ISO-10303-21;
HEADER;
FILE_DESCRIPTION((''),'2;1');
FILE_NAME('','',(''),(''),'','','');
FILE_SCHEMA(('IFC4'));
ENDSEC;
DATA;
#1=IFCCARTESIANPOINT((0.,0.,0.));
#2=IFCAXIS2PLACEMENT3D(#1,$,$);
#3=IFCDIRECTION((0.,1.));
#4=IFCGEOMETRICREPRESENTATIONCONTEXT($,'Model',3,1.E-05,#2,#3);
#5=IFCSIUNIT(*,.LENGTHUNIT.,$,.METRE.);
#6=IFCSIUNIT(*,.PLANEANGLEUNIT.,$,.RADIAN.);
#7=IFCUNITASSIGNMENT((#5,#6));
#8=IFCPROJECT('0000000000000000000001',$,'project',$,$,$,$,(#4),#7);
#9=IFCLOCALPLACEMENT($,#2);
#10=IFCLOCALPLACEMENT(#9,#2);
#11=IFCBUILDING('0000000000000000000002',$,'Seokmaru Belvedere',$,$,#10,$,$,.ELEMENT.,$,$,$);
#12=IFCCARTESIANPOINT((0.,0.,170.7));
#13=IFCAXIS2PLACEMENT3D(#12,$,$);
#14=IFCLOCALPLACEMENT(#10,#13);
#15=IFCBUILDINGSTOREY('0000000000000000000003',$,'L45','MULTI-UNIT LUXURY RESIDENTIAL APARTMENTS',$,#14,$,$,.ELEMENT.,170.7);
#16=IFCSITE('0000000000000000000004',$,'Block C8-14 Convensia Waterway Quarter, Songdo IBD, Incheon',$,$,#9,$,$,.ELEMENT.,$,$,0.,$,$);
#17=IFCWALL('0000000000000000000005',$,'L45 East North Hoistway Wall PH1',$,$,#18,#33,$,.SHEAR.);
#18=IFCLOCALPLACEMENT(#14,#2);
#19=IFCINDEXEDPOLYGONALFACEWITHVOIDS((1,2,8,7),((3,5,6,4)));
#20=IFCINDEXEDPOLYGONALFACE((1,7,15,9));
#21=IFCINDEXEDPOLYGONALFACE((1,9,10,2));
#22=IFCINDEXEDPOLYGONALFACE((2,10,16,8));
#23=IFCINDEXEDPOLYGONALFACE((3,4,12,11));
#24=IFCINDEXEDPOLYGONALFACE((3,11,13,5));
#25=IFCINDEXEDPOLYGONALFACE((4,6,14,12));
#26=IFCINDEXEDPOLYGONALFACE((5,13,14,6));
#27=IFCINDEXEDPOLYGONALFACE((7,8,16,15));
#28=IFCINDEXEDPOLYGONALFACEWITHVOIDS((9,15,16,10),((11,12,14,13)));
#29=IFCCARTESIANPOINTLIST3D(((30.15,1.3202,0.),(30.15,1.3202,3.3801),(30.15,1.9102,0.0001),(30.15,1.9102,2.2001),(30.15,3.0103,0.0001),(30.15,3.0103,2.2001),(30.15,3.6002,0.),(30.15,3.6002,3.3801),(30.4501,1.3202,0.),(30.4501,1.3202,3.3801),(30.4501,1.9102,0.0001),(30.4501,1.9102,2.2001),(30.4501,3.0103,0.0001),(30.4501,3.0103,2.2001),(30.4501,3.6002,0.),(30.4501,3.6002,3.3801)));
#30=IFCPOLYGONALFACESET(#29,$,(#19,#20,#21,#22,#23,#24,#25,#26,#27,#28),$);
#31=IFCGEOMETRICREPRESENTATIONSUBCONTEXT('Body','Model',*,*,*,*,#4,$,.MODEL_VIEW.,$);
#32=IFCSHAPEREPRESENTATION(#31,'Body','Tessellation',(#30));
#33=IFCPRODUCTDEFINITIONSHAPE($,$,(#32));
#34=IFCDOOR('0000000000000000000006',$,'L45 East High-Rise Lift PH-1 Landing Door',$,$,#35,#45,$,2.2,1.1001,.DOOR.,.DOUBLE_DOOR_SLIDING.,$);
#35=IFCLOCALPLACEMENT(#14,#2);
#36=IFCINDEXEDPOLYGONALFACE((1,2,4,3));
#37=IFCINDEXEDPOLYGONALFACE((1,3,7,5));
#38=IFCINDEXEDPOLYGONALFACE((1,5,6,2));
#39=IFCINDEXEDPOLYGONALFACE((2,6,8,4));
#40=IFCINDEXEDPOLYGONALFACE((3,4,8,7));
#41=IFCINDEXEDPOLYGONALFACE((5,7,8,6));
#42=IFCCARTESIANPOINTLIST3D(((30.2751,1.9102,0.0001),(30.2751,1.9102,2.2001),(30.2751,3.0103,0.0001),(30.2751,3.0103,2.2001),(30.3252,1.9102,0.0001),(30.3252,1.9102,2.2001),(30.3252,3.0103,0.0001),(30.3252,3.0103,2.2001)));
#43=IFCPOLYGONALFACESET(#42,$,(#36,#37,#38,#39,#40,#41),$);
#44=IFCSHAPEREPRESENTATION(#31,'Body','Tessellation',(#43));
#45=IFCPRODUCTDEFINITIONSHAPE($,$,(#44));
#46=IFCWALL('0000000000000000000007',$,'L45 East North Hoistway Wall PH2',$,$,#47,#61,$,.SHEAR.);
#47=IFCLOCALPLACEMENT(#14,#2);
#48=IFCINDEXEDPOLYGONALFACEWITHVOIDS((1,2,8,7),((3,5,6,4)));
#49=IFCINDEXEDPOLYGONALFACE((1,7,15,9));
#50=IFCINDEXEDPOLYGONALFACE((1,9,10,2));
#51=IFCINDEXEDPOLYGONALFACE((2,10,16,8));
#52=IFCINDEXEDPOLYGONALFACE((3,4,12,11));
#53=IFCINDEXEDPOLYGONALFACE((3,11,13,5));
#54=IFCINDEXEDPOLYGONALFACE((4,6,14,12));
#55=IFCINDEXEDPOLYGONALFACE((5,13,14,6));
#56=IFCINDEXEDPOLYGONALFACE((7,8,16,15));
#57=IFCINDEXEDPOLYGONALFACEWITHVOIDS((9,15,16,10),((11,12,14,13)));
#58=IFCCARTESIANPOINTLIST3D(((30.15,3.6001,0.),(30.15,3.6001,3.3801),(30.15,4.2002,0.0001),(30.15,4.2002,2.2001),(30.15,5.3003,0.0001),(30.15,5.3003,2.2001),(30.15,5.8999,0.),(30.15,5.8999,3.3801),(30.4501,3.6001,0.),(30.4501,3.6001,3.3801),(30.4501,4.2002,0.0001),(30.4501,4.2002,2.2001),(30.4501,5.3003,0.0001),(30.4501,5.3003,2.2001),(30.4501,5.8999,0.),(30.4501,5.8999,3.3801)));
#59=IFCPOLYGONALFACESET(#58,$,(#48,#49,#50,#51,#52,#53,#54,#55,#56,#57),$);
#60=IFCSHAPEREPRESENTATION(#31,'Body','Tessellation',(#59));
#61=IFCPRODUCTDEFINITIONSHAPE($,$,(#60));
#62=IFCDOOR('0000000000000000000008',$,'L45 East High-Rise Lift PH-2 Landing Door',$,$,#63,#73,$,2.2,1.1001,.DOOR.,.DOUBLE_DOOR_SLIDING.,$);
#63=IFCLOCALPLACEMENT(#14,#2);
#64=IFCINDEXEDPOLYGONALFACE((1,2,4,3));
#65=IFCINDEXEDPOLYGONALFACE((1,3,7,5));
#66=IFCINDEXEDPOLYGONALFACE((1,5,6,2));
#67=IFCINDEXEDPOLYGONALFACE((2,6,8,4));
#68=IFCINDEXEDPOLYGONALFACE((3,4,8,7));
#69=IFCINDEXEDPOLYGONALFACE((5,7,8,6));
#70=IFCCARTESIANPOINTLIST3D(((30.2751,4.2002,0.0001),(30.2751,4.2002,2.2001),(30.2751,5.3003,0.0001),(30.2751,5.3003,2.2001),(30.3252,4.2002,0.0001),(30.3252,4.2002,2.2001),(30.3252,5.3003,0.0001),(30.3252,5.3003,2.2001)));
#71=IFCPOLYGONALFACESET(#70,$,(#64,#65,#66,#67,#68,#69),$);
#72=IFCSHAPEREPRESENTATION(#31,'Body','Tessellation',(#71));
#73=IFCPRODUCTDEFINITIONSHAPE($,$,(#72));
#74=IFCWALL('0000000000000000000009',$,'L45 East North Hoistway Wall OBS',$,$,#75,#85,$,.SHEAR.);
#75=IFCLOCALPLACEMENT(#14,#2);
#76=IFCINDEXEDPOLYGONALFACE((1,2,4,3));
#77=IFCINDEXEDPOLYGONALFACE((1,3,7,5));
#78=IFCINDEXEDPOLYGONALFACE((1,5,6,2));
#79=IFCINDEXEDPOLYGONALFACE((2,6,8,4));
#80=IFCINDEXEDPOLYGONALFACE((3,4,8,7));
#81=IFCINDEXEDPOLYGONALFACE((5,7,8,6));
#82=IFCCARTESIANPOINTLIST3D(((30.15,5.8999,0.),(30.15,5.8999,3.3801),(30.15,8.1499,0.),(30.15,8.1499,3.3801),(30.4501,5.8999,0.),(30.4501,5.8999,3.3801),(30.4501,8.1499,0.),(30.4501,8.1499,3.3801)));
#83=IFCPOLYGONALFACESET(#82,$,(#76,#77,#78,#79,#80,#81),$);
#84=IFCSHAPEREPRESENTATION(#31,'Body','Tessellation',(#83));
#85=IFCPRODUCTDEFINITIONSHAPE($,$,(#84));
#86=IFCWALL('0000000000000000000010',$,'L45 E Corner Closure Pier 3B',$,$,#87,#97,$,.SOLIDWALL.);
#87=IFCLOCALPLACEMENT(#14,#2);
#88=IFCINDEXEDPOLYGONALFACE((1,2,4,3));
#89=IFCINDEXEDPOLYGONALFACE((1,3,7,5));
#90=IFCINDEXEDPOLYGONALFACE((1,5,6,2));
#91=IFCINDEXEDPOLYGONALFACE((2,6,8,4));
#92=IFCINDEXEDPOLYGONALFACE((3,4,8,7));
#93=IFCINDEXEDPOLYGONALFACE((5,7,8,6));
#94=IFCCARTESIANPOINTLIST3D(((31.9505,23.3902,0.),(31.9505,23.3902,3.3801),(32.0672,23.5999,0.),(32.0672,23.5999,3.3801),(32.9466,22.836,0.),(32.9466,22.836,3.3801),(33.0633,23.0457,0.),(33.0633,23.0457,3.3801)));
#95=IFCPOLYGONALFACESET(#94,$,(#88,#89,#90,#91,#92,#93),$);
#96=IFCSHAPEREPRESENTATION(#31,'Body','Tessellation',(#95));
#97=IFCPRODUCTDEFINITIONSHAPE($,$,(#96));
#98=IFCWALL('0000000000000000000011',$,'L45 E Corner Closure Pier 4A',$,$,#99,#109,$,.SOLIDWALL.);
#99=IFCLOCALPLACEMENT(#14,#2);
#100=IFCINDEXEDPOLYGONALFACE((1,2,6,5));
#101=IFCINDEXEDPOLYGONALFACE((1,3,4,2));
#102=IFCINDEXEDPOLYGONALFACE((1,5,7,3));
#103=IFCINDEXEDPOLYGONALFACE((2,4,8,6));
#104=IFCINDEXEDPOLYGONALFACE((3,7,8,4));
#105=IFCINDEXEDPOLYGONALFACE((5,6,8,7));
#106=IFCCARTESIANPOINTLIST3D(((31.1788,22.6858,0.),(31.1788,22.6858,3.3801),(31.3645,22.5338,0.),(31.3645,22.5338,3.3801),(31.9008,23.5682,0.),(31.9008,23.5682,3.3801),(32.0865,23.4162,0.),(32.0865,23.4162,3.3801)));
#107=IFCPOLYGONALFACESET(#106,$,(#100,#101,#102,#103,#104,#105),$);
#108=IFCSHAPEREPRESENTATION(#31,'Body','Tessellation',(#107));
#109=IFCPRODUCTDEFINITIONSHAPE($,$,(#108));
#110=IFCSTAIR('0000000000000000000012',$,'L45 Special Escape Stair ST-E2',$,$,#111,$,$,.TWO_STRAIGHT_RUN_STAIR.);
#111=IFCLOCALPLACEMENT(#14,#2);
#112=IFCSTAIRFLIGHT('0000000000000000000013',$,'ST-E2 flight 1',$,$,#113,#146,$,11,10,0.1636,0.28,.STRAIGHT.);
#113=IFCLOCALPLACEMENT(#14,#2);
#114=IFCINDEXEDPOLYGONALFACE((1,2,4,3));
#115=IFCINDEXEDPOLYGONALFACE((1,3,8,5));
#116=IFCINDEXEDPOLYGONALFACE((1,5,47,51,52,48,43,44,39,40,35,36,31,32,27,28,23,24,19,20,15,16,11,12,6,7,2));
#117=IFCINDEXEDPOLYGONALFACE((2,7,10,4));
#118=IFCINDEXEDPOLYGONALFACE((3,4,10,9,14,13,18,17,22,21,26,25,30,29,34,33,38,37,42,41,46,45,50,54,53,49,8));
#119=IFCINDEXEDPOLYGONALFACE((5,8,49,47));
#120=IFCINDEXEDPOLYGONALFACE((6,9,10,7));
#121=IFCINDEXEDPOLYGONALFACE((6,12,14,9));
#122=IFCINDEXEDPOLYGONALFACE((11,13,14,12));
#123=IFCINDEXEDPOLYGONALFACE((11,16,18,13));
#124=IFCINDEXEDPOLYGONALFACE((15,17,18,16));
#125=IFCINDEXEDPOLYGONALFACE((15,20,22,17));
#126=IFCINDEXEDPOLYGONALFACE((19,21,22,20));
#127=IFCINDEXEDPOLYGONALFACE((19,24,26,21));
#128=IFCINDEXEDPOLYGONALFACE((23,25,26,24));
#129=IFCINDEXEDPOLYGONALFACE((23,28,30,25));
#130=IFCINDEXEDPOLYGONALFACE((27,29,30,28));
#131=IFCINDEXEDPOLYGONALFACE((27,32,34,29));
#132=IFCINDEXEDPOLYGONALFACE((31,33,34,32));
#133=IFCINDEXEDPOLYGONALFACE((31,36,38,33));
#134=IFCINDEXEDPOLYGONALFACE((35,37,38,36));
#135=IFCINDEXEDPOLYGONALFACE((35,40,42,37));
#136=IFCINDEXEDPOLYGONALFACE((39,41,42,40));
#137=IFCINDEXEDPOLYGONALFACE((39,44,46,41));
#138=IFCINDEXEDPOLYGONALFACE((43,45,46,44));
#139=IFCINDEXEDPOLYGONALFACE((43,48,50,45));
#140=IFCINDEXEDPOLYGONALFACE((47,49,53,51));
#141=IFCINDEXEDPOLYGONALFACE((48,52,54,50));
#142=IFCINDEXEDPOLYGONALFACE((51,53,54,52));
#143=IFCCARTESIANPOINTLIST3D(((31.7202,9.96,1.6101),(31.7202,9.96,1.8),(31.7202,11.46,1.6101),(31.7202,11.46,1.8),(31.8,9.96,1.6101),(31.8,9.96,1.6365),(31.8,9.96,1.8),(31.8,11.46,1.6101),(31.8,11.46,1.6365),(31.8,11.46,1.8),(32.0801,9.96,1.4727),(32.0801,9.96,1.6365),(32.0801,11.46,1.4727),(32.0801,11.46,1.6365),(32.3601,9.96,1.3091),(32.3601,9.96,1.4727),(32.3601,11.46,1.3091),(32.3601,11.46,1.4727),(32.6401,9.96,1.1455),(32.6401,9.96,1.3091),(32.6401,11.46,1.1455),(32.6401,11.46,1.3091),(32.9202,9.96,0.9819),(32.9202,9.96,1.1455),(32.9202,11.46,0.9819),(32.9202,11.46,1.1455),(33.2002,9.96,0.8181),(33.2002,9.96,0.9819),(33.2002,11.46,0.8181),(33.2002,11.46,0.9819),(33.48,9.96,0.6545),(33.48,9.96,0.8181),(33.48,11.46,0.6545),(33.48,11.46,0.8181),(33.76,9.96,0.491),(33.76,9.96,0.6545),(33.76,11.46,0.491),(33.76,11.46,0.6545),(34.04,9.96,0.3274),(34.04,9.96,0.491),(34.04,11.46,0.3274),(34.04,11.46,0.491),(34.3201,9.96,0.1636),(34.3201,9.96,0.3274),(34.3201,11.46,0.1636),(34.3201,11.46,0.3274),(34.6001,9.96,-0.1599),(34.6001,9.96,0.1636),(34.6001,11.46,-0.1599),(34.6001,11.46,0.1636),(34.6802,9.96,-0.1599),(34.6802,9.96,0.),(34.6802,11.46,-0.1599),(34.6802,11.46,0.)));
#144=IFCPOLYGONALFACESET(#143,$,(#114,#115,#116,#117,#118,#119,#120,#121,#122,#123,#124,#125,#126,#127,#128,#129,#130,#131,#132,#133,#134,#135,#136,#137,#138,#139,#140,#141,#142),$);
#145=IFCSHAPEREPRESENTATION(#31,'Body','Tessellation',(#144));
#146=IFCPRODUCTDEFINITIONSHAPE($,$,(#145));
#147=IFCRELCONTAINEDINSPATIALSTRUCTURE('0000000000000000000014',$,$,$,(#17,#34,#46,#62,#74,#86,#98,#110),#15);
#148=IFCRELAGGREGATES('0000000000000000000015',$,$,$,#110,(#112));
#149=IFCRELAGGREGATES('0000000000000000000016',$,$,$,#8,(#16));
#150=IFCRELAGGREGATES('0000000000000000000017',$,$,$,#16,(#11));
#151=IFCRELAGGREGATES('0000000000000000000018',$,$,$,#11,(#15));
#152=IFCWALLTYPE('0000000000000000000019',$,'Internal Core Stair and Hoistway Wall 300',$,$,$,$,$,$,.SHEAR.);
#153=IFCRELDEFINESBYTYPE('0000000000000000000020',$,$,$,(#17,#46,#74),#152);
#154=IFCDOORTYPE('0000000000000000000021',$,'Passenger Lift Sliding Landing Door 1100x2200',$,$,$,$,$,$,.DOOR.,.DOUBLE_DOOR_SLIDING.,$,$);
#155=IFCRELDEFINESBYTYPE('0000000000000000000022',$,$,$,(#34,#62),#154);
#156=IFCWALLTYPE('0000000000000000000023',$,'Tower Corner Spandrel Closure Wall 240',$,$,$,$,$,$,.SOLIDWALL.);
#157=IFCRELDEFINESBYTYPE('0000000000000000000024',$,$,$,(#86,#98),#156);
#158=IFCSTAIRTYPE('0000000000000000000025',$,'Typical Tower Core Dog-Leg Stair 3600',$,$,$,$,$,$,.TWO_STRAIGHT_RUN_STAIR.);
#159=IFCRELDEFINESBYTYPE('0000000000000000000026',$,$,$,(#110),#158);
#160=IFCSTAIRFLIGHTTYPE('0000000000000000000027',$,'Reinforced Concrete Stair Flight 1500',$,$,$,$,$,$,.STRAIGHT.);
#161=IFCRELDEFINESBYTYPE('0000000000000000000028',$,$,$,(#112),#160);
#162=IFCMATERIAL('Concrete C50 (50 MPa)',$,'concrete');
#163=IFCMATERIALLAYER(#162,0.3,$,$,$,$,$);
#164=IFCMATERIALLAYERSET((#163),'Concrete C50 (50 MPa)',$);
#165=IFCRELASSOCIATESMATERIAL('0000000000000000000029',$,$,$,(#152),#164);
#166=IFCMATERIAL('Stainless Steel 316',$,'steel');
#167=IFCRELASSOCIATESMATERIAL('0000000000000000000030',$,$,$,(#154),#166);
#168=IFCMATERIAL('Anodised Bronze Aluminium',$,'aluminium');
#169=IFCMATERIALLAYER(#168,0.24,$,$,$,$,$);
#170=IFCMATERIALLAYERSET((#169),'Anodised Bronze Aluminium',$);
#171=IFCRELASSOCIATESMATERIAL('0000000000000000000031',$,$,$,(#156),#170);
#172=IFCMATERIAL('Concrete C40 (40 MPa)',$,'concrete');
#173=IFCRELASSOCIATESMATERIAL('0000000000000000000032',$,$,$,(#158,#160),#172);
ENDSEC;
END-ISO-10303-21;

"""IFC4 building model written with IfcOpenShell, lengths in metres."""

from ifc_helpers import new_model, si_unit, direction, frame, frame_2d, origin, place, context, subcontext, project, spatial, polyline, rectangle, outline, extrude, source, transform, mapped, material, layer, layer_set, type_object, type_shapes, element, fill, aggregate, save


model = new_model("IFC4")

# Units and contexts
model_context = context("Model", 3, precision=1e-05, world=origin(), true_north=direction((0.0, 1.0)))
body_context = subcontext(model_context, "Body", "Model", "MODEL_VIEW")
ifc_project = project(units=[si_unit("LENGTHUNIT", "METRE"), si_unit("PLANEANGLEUNIT", "RADIAN")], contexts=[model_context])

# Site, building, storey
site_placement = place(None, origin())
site = spatial("IfcSite", under=ifc_project, at=site_placement, Name="Block C8-14 Convensia Waterway Quarter, Songdo IBD, Incheon", CompositionType="ELEMENT", RefElevation=0.0)
building_placement = place(site_placement, origin())
building = spatial("IfcBuilding", under=site, at=building_placement, Name="Seokmaru Belvedere", CompositionType="ELEMENT")
storey_placement = place(building_placement, frame((0.0, 0.0, 170.7)))
storey = spatial("IfcBuildingStorey", under=building, at=storey_placement, Name="L45", Description="MULTI-UNIT LUXURY RESIDENTIAL APARTMENTS", CompositionType="ELEMENT", Elevation=170.7)

# Shared definitions
ifc_material_1 = material(Name="Anodised Bronze Aluminium", Category="aluminium")

# Walls, openings, doors
ifc_material_2 = material(Name="Concrete C50 (50 MPa)", Category="concrete")
ifc_layer_1 = layer(ifc_material_2, 0.3)
ifc_layer_set_1 = layer_set([ifc_layer_1], Name="Concrete C50 (50 MPa)")
wall_type_1 = type_object("IfcWallType", Name="Internal Core Stair and Hoistway Wall 300", PredefinedType="SHEAR", material=ifc_layer_set_1)
wall_1_placement = place(storey_placement, frame((30.3, 1.3201, 0.0), z_axis=(0.0, 0.0, 1.0), x_axis=(0.0, 1.0, 0.0)))
wall_1 = element("IfcWall", 1, at=wall_1_placement, inside=storey, type_object=wall_type_1, Name="L45 East North Hoistway Wall PH1", PredefinedType="SHEAR", context=body_context, shape_type="SweptSolid", body=[
    extrude(rectangle(XDim=2.28, YDim=0.3, at=frame_2d((1.1401, 0.0))), origin(), (0.0, 0.0, 1.0), 3.3801),
])
opening_1_placement = place(wall_1_placement, frame((0.5901, 0.0, 0.0)))
opening_1 = element("IfcOpeningElement", 2, at=opening_1_placement, cuts=wall_1, PredefinedType="OPENING", context=body_context, shape_type="SweptSolid", body=[
    extrude(rectangle(XDim=1.1001, YDim=2.2, at=frame_2d((0.55, 1.1001))), frame((0.0, 0.1602, 0.0), z_axis=(0.0, -1.0, 0.0), x_axis=(1.0, 0.0, 0.0)), (0.0, 0.0, 1.0), 0.3201),
])
ifc_material_3 = material(Name="Stainless Steel 316", Category="steel")
door_type_1 = type_object("IfcDoorType", Name="Passenger Lift Sliding Landing Door 1100x2200", OperationType="DOUBLE_DOOR_SLIDING", PredefinedType="DOOR", material=ifc_material_3)
shared_shape_1 = source(origin(), body_context, "Body", "SweptSolid", [
    extrude(rectangle(XDim=1.1001, YDim=2.2, at=frame_2d((0.55, 1.1001))), frame((0.0, 0.0249, 0.0), z_axis=(0.0, -1.0, 0.0), x_axis=(1.0, 0.0, 0.0)), (0.0, 0.0, 1.0), 0.05),
])
type_shapes(door_type_1, [shared_shape_1])
door_1_placement = place(opening_1_placement, origin())
door_1 = element("IfcDoor", 3, at=door_1_placement, inside=storey, type_object=door_type_1, Name="L45 East High-Rise Lift PH-1 Landing Door", OperationType="DOUBLE_DOOR_SLIDING", OverallHeight=2.2, OverallWidth=1.1001, PredefinedType="DOOR", context=body_context, shape_type="MappedRepresentation", body=[
    mapped(shared_shape_1, transform((0.0, 0.0, 0.0), scale=1.0)),
])
fill(opening_1, door_1)
wall_2_placement = place(storey_placement, frame((30.3, 3.6001, 0.0), z_axis=(0.0, 0.0, 1.0), x_axis=(0.0, 1.0, 0.0)))
wall_2 = element("IfcWall", 4, at=wall_2_placement, inside=storey, type_object=wall_type_1, Name="L45 East North Hoistway Wall PH2", PredefinedType="SHEAR", context=body_context, shape_type="SweptSolid", body=[
    extrude(rectangle(XDim=2.2998, YDim=0.3, at=frame_2d((1.1499, 0.0))), origin(), (0.0, 0.0, 1.0), 3.3801),
])
opening_2_placement = place(wall_2_placement, frame((0.6001, 0.0, 0.0)))
opening_2 = element("IfcOpeningElement", 5, at=opening_2_placement, cuts=wall_2, PredefinedType="OPENING", context=body_context, shape_type="SweptSolid", body=[
    extrude(rectangle(XDim=1.1001, YDim=2.2, at=frame_2d((0.55, 1.1001))), frame((0.0, 0.1602, 0.0), z_axis=(0.0, -1.0, 0.0), x_axis=(1.0, 0.0, 0.0)), (0.0, 0.0, 1.0), 0.3201),
])
door_2_placement = place(opening_2_placement, origin())
door_2 = element("IfcDoor", 6, at=door_2_placement, inside=storey, type_object=door_type_1, Name="L45 East High-Rise Lift PH-2 Landing Door", OperationType="DOUBLE_DOOR_SLIDING", OverallHeight=2.2, OverallWidth=1.1001, PredefinedType="DOOR", context=body_context, shape_type="MappedRepresentation", body=[
    mapped(shared_shape_1, transform((0.0, 0.0, 0.0), scale=1.0)),
])
fill(opening_2, door_2)

# Wall
wall_3_placement = place(storey_placement, frame((30.3, 5.8999, 0.0), z_axis=(0.0, 0.0, 1.0), x_axis=(0.0, 1.0, 0.0)))
element("IfcWall", 7, at=wall_3_placement, inside=storey, type_object=wall_type_1, Name="L45 East North Hoistway Wall OBS", PredefinedType="SHEAR", context=body_context, shape_type="SweptSolid", body=[
    extrude(rectangle(XDim=2.25, YDim=0.3, at=frame_2d((1.125, 0.0))), origin(), (0.0, 0.0, 1.0), 3.3801),
])

# Walls
ifc_layer_2 = layer(ifc_material_1, 0.24)
ifc_layer_set_2 = layer_set([ifc_layer_2], Name="Anodised Bronze Aluminium")
wall_type_2 = type_object("IfcWallType", Name="Tower Corner Spandrel Closure Wall 240", PredefinedType="SOLIDWALL", material=ifc_layer_set_2)
wall_4_placement = place(storey_placement, frame((33.0049, 22.9409, 0.0), z_axis=(0.0, 0.0, 1.0), x_axis=(-0.873854, 0.486188, 0.0)))
element("IfcWall", 8, at=wall_4_placement, inside=storey, type_object=wall_type_2, Name="L45 E Corner Closure Pier 3B", PredefinedType="SOLIDWALL", context=body_context, shape_type="SweptSolid", body=[
    extrude(rectangle(XDim=1.1399, YDim=0.24, at=frame_2d((0.5698, 0.0))), origin(), (0.0, 0.0, 1.0), 3.3801),
])
wall_5_placement = place(storey_placement, frame((31.9937, 23.4922, 0.0), z_axis=(0.0, 0.0, 1.0), x_axis=(-0.633249, -0.773948, 0.0)))
element("IfcWall", 9, at=wall_5_placement, inside=storey, type_object=wall_type_2, Name="L45 E Corner Closure Pier 4A", PredefinedType="SOLIDWALL", context=body_context, shape_type="SweptSolid", body=[
    extrude(rectangle(XDim=1.1401, YDim=0.24, at=frame_2d((0.5701, 0.0))), origin(), (0.0, 0.0, 1.0), 3.3801),
])

# Stair, stair flight
ifc_material_4 = material(Name="Concrete C40 (40 MPa)", Category="concrete")
stair_type = type_object("IfcStairType", Name="Typical Tower Core Dog-Leg Stair 3600", PredefinedType="TWO_STRAIGHT_RUN_STAIR", material=ifc_material_4)
stair_placement = place(storey_placement, origin())
stair = element("IfcStair", 10, at=stair_placement, inside=storey, type_object=stair_type, Name="L45 Special Escape Stair ST-E2", PredefinedType="TWO_STRAIGHT_RUN_STAIR")
stair_flight_type = type_object("IfcStairFlightType", Name="Reinforced Concrete Stair Flight 1500", PredefinedType="STRAIGHT", material=ifc_material_4)
stair_flight_1_placement = place(storey_placement, frame((34.6001, 10.71, 0.0), z_axis=(0.0, 0.0, 1.0), x_axis=(-1.0, 0.0, 0.0)))
stair_flight_1 = element("IfcStairFlight", 11, at=stair_flight_1_placement, type_object=stair_flight_type, Name="ST-E2 flight 1", NumberOfRisers=11, NumberOfTreads=10, PredefinedType="STRAIGHT", RiserHeight=0.1636, TreadLength=0.28, context=body_context, shape_type="SweptSolid", body=[
    extrude(outline(polyline([(-0.0801, 0.0), (0.0, 0.1636), (0.28, 0.1636), (0.28, 0.3274), (0.5601, 0.3274), (0.5601, 0.491), (0.8401, 0.491), (0.8401, 0.6545), (1.1201, 0.6545), (1.1201, 0.8181), (1.3999, 0.8181), (1.3999, 0.9819), (1.6799, 0.9819), (1.6799, 1.1455), (1.96, 1.1455), (1.96, 1.3091), (2.24, 1.3091), (2.24, 1.4727), (2.52, 1.4727), (2.52, 1.6365), (2.8, 1.6365), (2.8, 1.8), (2.8799, 1.8), (2.8799, 1.6101), (2.8, 1.6101), (0.0, -0.1599), (-0.0801, -0.1599), (-0.0801, 0.0)])), frame((0.0, 0.75, 0.0), z_axis=(0.0, -1.0, 0.0), x_axis=(1.0, 0.0, 0.0)), (0.0, 0.0, 1.0), 1.5),
])
aggregate(stair, [stair_flight_1])

save(model, "model.ifc")
